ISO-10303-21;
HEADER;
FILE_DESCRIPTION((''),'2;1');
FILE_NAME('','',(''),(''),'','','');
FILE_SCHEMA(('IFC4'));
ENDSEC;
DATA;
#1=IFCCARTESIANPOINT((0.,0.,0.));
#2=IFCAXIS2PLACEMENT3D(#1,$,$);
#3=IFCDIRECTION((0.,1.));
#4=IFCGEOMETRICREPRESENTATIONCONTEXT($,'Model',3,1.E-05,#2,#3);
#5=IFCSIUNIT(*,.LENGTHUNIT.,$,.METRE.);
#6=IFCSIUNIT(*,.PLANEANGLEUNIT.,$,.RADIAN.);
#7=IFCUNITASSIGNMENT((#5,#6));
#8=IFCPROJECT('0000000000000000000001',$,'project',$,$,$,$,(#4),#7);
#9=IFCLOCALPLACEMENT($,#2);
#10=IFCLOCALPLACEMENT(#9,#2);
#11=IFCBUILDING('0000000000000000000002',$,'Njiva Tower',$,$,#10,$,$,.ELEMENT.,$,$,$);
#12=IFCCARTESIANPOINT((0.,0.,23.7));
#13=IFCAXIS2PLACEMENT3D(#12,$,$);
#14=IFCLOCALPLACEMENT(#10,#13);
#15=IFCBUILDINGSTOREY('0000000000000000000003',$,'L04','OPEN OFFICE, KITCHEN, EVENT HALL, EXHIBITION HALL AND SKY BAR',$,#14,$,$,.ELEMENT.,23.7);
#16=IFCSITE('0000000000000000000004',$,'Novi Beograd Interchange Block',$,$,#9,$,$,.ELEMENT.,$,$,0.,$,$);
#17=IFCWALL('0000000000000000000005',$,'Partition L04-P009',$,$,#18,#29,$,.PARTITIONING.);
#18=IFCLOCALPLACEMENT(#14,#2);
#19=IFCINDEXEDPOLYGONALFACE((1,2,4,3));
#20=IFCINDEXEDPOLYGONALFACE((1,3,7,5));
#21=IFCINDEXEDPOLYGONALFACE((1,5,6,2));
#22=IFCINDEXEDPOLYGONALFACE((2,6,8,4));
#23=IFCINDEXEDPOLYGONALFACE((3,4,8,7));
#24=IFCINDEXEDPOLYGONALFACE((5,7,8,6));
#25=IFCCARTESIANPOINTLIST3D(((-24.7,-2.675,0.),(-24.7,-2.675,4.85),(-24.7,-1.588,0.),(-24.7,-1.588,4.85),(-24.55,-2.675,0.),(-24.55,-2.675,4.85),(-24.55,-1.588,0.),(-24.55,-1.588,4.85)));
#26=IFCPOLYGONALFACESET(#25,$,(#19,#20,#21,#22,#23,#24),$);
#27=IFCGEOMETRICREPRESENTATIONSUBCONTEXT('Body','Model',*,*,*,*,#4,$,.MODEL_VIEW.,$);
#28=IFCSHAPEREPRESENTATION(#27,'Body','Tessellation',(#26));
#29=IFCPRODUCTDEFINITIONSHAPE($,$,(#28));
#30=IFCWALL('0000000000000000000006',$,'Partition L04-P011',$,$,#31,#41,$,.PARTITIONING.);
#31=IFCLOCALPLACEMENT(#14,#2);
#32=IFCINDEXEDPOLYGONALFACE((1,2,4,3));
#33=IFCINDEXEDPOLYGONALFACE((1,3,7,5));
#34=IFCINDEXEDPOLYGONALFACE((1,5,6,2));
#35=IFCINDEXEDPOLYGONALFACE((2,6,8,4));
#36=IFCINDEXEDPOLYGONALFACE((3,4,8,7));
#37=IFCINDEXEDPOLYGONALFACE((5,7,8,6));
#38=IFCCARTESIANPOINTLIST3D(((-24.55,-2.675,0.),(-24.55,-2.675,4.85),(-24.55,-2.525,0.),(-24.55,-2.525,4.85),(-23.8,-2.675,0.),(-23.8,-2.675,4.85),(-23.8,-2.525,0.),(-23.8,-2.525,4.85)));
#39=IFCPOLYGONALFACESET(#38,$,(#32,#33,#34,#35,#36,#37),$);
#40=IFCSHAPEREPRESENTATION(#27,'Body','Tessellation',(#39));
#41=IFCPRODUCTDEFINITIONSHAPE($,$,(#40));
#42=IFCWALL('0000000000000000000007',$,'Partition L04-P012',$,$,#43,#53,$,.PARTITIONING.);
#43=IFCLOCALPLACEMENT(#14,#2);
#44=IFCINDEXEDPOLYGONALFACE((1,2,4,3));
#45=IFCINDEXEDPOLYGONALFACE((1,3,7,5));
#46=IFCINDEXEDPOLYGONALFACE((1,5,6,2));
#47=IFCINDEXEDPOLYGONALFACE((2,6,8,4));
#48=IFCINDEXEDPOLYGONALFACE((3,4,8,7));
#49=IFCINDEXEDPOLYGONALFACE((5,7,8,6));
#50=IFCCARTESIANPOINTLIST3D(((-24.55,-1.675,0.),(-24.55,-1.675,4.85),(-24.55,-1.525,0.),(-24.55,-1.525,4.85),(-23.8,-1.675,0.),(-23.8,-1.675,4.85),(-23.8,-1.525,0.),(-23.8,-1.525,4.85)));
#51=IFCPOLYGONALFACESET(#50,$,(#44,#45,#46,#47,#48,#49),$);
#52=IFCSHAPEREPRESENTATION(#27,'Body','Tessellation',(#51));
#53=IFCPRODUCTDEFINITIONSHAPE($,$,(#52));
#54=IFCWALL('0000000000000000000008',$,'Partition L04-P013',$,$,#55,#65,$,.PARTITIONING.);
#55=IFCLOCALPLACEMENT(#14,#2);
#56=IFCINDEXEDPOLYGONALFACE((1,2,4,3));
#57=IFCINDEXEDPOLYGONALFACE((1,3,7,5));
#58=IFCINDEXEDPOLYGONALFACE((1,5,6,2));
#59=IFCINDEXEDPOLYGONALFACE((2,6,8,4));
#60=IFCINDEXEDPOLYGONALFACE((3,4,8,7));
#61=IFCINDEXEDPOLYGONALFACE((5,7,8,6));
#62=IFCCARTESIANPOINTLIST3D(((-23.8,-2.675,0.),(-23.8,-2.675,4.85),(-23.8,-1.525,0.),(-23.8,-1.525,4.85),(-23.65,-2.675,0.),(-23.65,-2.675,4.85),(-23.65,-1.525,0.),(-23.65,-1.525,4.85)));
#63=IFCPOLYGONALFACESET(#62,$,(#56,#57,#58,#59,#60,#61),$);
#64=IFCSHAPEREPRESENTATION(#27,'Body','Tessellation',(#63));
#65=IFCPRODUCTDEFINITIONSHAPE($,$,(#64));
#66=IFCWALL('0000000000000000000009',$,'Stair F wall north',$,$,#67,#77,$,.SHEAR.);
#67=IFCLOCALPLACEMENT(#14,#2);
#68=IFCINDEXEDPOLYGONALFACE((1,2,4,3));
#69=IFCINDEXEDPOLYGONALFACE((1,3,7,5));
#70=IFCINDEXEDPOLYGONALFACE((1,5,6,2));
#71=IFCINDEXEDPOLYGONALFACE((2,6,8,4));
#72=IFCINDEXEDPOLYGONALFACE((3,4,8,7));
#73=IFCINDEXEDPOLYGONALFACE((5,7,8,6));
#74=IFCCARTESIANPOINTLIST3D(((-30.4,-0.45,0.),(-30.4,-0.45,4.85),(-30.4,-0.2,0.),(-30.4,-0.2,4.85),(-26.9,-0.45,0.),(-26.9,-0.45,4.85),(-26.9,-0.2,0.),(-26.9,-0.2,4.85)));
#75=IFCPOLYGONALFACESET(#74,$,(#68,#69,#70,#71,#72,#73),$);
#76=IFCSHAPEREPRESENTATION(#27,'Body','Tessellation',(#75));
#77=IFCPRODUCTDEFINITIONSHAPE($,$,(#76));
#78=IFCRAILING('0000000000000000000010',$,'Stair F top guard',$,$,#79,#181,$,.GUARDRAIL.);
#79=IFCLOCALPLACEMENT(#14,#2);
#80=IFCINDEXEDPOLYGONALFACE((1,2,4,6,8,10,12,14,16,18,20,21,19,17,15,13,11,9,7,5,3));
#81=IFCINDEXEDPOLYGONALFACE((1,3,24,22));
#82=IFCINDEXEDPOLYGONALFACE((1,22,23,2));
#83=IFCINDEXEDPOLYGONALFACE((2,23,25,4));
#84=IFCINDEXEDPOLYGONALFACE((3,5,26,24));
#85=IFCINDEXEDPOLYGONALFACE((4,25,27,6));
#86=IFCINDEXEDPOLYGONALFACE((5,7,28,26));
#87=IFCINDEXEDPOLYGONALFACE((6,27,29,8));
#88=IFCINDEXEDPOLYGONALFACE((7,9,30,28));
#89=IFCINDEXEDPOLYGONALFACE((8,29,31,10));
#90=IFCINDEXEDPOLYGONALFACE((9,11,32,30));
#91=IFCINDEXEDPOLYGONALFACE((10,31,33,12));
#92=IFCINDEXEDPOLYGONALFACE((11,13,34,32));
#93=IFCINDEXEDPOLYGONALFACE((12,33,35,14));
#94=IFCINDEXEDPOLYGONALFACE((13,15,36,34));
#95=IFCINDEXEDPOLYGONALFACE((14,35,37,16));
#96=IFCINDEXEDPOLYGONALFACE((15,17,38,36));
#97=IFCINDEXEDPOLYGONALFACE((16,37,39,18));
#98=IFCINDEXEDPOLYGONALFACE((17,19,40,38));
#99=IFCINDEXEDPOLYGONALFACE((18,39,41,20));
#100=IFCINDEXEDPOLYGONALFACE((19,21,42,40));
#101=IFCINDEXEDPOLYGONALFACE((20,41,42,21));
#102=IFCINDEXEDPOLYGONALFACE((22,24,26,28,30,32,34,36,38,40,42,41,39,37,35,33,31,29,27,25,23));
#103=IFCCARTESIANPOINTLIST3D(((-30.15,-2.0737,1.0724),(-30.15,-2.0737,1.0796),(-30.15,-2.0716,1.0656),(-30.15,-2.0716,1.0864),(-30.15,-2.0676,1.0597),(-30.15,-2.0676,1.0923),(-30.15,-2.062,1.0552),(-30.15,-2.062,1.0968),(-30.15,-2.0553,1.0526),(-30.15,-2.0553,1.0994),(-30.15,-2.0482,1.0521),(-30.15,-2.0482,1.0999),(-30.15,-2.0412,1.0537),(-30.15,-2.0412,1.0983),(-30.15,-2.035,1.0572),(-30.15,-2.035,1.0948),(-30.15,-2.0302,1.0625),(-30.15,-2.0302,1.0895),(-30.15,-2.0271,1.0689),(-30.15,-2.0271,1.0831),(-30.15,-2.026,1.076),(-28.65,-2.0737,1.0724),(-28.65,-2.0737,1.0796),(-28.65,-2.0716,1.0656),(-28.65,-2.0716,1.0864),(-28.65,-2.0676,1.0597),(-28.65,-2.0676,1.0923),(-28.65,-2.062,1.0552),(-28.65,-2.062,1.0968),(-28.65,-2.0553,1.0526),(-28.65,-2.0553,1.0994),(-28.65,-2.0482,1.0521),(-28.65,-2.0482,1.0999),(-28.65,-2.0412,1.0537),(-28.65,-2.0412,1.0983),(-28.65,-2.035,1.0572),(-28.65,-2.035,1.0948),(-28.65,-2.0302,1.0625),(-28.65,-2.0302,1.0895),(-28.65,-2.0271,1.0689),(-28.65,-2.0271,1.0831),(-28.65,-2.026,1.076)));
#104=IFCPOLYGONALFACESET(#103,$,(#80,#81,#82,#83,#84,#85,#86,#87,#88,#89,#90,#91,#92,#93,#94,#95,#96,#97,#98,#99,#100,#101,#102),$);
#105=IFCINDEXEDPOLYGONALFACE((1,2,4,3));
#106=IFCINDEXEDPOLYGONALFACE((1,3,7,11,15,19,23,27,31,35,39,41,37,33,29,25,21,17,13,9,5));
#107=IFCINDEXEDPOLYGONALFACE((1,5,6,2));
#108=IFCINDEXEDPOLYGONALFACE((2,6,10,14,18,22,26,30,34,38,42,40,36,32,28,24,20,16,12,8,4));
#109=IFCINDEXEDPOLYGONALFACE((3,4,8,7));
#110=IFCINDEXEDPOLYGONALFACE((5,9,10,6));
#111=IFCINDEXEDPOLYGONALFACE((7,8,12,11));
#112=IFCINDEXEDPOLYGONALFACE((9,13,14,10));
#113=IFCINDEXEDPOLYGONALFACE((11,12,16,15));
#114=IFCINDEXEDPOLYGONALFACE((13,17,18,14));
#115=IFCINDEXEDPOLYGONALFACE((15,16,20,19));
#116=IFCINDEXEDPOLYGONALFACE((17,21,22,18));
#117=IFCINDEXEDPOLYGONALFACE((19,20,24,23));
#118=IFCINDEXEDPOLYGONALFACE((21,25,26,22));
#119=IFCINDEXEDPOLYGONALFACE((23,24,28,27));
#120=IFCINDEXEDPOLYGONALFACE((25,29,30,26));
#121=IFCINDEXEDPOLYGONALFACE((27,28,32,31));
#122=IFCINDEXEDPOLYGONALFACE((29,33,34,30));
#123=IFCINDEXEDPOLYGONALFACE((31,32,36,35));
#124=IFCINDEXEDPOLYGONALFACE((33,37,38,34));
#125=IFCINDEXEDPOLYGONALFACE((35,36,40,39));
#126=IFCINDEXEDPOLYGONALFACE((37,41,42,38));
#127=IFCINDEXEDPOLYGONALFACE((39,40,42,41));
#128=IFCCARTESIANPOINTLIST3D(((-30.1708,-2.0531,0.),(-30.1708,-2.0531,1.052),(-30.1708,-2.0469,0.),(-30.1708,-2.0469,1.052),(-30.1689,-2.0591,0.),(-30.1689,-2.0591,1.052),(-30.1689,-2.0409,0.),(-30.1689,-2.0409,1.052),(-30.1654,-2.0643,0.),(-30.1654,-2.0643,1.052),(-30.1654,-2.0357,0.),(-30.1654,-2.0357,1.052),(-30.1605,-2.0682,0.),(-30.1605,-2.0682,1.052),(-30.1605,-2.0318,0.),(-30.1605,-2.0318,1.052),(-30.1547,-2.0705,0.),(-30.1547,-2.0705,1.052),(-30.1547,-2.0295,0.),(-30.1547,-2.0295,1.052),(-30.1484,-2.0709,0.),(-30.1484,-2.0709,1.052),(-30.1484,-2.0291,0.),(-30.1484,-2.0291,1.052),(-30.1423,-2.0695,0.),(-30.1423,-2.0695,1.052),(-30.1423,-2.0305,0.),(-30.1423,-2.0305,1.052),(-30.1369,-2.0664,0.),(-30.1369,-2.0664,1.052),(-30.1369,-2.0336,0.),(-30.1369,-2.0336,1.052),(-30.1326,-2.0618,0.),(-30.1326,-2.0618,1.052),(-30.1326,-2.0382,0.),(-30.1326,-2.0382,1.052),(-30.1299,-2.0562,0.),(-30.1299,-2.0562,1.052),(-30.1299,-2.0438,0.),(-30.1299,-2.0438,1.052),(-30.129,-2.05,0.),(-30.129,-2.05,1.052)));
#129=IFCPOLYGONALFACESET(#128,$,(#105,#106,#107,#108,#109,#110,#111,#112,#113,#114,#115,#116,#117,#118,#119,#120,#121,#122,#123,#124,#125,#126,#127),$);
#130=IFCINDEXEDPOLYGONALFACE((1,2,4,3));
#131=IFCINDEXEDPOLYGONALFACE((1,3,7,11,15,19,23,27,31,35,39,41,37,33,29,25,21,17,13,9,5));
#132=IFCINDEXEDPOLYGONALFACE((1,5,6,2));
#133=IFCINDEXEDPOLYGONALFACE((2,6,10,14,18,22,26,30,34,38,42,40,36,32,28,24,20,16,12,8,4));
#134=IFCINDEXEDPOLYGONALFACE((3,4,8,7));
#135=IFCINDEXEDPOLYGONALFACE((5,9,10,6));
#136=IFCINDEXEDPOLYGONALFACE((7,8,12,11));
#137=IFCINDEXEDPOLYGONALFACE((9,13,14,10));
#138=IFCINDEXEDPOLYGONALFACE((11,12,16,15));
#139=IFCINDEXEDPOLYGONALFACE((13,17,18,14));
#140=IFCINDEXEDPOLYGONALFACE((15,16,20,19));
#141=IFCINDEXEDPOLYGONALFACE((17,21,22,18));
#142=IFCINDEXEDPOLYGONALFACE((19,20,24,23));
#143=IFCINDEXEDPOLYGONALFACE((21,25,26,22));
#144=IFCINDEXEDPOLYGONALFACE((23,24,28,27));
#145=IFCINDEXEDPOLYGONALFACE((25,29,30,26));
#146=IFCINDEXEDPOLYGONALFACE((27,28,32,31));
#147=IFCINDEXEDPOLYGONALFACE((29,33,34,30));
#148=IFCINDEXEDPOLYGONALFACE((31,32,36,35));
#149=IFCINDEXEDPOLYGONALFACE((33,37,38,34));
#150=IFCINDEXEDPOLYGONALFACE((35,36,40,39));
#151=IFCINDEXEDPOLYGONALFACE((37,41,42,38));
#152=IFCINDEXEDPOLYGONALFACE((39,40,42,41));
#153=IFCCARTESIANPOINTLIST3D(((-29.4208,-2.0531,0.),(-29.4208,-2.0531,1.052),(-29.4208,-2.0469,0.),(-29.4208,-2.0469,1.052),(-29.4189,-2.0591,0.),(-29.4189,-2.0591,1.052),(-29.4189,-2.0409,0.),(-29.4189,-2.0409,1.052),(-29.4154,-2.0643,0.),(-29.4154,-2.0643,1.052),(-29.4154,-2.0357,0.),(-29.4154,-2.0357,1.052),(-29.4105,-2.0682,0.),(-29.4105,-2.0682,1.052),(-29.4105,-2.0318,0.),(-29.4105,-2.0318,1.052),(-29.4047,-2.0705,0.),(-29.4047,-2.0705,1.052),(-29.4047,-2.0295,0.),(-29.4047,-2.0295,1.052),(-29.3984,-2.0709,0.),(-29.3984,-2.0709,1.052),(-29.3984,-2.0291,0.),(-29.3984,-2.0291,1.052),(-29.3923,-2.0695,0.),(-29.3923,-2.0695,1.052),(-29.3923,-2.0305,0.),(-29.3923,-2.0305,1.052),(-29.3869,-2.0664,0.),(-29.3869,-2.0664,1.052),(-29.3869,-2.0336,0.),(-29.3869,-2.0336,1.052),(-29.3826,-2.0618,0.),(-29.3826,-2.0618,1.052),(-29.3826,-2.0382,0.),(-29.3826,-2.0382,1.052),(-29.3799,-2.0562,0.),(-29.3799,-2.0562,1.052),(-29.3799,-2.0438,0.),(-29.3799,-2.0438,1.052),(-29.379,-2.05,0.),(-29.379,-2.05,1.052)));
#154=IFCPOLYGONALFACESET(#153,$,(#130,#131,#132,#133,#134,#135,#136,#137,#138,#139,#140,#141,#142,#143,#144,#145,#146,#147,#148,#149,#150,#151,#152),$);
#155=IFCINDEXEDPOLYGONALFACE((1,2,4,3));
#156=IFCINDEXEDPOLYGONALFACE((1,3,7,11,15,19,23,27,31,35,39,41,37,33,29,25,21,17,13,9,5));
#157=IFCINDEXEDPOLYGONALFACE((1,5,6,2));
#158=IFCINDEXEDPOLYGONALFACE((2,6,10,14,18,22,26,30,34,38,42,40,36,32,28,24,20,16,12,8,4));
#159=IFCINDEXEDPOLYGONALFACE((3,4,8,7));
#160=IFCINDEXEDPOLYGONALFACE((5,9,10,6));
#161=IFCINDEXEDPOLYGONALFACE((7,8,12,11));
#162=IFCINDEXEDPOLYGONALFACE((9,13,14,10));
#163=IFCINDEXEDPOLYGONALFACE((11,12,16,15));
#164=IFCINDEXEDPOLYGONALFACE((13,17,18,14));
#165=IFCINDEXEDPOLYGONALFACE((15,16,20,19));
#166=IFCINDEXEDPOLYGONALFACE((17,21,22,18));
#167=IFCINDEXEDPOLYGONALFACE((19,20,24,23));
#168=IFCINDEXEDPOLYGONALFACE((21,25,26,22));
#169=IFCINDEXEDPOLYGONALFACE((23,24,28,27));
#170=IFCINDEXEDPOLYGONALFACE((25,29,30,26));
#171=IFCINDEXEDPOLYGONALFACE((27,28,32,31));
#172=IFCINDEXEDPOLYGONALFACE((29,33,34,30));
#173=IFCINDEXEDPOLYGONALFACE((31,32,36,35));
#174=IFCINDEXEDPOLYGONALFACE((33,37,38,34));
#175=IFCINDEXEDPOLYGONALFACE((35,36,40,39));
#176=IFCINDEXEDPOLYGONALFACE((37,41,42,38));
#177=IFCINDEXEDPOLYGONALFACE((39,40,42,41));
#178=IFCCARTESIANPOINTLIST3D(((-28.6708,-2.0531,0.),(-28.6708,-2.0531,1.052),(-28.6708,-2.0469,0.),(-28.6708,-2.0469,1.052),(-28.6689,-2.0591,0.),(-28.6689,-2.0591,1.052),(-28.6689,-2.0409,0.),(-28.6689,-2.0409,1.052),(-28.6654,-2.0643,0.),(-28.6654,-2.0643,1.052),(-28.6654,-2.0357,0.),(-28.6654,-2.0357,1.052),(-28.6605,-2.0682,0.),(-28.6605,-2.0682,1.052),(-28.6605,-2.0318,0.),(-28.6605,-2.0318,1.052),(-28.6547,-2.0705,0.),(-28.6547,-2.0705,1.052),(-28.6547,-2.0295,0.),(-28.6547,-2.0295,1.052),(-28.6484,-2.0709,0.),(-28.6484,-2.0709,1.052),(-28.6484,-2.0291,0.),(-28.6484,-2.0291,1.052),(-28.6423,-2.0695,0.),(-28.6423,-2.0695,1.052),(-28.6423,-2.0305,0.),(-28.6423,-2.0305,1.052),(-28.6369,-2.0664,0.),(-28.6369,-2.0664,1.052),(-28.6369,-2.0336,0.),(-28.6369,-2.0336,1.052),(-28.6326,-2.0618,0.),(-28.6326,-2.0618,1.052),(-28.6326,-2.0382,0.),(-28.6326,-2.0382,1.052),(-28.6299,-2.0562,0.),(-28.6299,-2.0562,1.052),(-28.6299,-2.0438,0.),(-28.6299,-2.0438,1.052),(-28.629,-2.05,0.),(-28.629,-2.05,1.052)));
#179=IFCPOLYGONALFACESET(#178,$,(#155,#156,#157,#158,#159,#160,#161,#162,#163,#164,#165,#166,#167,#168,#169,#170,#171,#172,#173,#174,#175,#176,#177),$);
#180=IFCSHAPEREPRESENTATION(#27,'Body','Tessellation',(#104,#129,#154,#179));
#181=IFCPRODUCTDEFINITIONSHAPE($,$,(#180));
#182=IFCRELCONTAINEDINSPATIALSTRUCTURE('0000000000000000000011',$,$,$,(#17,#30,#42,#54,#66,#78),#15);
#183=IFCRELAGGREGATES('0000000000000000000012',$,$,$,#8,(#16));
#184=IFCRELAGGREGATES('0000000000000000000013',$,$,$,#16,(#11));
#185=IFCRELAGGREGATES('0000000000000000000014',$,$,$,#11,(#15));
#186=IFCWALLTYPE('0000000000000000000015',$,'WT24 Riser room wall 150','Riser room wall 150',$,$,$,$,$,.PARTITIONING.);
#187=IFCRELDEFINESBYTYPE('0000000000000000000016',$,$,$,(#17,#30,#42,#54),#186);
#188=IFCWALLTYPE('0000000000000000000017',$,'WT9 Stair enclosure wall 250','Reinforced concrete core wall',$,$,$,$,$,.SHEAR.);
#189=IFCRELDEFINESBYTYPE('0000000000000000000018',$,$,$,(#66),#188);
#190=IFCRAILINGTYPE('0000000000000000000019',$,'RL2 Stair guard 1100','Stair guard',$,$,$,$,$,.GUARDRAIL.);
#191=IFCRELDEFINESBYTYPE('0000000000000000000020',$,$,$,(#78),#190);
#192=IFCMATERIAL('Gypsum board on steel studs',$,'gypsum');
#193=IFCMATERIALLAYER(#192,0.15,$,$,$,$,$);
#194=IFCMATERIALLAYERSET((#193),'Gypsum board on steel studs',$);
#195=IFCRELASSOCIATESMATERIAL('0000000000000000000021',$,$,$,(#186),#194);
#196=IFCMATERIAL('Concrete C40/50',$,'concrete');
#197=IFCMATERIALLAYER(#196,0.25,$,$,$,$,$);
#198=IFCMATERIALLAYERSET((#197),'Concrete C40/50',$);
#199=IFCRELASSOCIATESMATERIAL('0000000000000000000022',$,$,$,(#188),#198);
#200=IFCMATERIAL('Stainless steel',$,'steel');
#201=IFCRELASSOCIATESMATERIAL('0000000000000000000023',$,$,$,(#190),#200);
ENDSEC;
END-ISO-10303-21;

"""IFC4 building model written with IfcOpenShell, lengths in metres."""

from ifc_helpers import new_model, si_unit, direction, frame, frame_2d, origin, origin_2d, place, context, subcontext, project, spatial, rectangle, circle, extrude, material, layer, layer_set, type_object, element, save


model = new_model("IFC4")

# Units and contexts
model_context = context("Model", 3, precision=1e-05, world=origin(), true_north=direction((0.0, 1.0)))
body_context = subcontext(model_context, "Body", "Model", "MODEL_VIEW")
ifc_project = project(units=[si_unit("LENGTHUNIT", "METRE"), si_unit("PLANEANGLEUNIT", "RADIAN")], contexts=[model_context])

# Site, building, storey
site_placement = place(None, origin())
site = spatial("IfcSite", under=ifc_project, at=site_placement, Name="Novi Beograd Interchange Block", CompositionType="ELEMENT", RefElevation=0.0)
building_placement = place(site_placement, origin())
building = spatial("IfcBuilding", under=site, at=building_placement, Name="Njiva Tower", CompositionType="ELEMENT")
storey_placement = place(building_placement, frame((0.0, 0.0, 23.7)))
storey = spatial("IfcBuildingStorey", under=building, at=storey_placement, Name="L04", Description="OPEN OFFICE, KITCHEN, EVENT HALL, EXHIBITION HALL AND SKY BAR", CompositionType="ELEMENT", Elevation=23.7)

# Shared definitions
ifc_material_1 = material(Name="Gypsum board on steel studs", Category="gypsum")

# Walls
ifc_layer_1 = layer(ifc_material_1, 0.15)
ifc_layer_set_1 = layer_set([ifc_layer_1], Name="Gypsum board on steel studs")
wall_type_1 = type_object("IfcWallType", Name="WT24 Riser room wall 150", Description="Riser room wall 150", PredefinedType="PARTITIONING", material=ifc_layer_set_1)
wall_1_placement = place(storey_placement, frame((-24.625, -2.675, 0.0), z_axis=(0.0, 0.0, 1.0), x_axis=(0.0, 1.0, 0.0)))
element("IfcWall", 1, at=wall_1_placement, inside=storey, type_object=wall_type_1, Name="Partition L04-P009", PredefinedType="PARTITIONING", context=body_context, shape_type="SweptSolid", body=[
    extrude(rectangle(XDim=1.087, YDim=0.15, at=frame_2d((0.5435, 0.0))), origin(), (0.0, 0.0, 1.0), 4.85),
])
for number, where, z_axis, x_axis, name in (
    (2, (-24.55, -2.6, 0.0), (0.0, 0.0, 1.0), (1.0, 0.0, 0.0), "Partition L04-P011"),
    (3, (-24.55, -1.6, 0.0), (0.0, 0.0, 1.0), (1.0, 0.0, 0.0), "Partition L04-P012"),
):
    element("IfcWall", number, at=place(storey_placement, frame(where, z_axis=z_axis, x_axis=x_axis)), inside=storey, type_object=wall_type_1, Name=name, PredefinedType="PARTITIONING", context=body_context, shape_type="SweptSolid", body=[
        extrude(rectangle(XDim=0.75, YDim=0.15, at=frame_2d((0.375, 0.0))), origin(), (0.0, 0.0, 1.0), 4.85),
    ])
wall_2_placement = place(storey_placement, frame((-23.725, -2.675, 0.0), z_axis=(0.0, 0.0, 1.0), x_axis=(0.0, 1.0, 0.0)))
element("IfcWall", 4, at=wall_2_placement, inside=storey, type_object=wall_type_1, Name="Partition L04-P013", PredefinedType="PARTITIONING", context=body_context, shape_type="SweptSolid", body=[
    extrude(rectangle(XDim=1.15, YDim=0.15, at=frame_2d((0.575, 0.0))), origin(), (0.0, 0.0, 1.0), 4.85),
])
ifc_material_2 = material(Name="Concrete C40/50", Category="concrete")
ifc_layer_2 = layer(ifc_material_2, 0.25)
ifc_layer_set_2 = layer_set([ifc_layer_2], Name="Concrete C40/50")
wall_type_2 = type_object("IfcWallType", Name="WT9 Stair enclosure wall 250", Description="Reinforced concrete core wall", PredefinedType="SHEAR", material=ifc_layer_set_2)
wall_3_placement = place(storey_placement, frame((-30.4, -0.325, 0.0), z_axis=(0.0, 0.0, 1.0), x_axis=(1.0, 0.0, 0.0)))
element("IfcWall", 5, at=wall_3_placement, inside=storey, type_object=wall_type_2, Name="Stair F wall north", PredefinedType="SHEAR", context=body_context, shape_type="SweptSolid", body=[
    extrude(rectangle(XDim=3.5, YDim=0.25, at=frame_2d((1.75, 0.0))), origin(), (0.0, 0.0, 1.0), 4.85),
])

# Railing
ifc_material_3 = material(Name="Stainless steel", Category="steel")
railing_type = type_object("IfcRailingType", Name="RL2 Stair guard 1100", Description="Stair guard", PredefinedType="GUARDRAIL", material=ifc_material_3)
railing_placement = place(storey_placement, frame((-30.15, -2.05, 0.0)))
element("IfcRailing", 6, at=railing_placement, inside=storey, type_object=railing_type, Name="Stair F top guard", PredefinedType="GUARDRAIL", context=body_context, shape_type="SweptSolid", body=[
    extrude(circle(Radius=0.024, at=origin_2d()), frame((0.0, 0.0, 1.076), z_axis=(1.0, 0.0, 0.0), x_axis=(0.0, 1.0, 0.0)), (0.0, 0.0, 1.0), 1.5),
    extrude(circle(Radius=0.021, at=origin_2d()), origin(), (0.0, 0.0, 1.0), 1.052),
    extrude(circle(Radius=0.021, at=origin_2d()), frame((0.75, 0.0, 0.0)), (0.0, 0.0, 1.0), 1.052),
    extrude(circle(Radius=0.021, at=origin_2d()), frame((1.5, 0.0, 0.0)), (0.0, 0.0, 1.0), 1.052),
])

save(model, "model.ifc")
